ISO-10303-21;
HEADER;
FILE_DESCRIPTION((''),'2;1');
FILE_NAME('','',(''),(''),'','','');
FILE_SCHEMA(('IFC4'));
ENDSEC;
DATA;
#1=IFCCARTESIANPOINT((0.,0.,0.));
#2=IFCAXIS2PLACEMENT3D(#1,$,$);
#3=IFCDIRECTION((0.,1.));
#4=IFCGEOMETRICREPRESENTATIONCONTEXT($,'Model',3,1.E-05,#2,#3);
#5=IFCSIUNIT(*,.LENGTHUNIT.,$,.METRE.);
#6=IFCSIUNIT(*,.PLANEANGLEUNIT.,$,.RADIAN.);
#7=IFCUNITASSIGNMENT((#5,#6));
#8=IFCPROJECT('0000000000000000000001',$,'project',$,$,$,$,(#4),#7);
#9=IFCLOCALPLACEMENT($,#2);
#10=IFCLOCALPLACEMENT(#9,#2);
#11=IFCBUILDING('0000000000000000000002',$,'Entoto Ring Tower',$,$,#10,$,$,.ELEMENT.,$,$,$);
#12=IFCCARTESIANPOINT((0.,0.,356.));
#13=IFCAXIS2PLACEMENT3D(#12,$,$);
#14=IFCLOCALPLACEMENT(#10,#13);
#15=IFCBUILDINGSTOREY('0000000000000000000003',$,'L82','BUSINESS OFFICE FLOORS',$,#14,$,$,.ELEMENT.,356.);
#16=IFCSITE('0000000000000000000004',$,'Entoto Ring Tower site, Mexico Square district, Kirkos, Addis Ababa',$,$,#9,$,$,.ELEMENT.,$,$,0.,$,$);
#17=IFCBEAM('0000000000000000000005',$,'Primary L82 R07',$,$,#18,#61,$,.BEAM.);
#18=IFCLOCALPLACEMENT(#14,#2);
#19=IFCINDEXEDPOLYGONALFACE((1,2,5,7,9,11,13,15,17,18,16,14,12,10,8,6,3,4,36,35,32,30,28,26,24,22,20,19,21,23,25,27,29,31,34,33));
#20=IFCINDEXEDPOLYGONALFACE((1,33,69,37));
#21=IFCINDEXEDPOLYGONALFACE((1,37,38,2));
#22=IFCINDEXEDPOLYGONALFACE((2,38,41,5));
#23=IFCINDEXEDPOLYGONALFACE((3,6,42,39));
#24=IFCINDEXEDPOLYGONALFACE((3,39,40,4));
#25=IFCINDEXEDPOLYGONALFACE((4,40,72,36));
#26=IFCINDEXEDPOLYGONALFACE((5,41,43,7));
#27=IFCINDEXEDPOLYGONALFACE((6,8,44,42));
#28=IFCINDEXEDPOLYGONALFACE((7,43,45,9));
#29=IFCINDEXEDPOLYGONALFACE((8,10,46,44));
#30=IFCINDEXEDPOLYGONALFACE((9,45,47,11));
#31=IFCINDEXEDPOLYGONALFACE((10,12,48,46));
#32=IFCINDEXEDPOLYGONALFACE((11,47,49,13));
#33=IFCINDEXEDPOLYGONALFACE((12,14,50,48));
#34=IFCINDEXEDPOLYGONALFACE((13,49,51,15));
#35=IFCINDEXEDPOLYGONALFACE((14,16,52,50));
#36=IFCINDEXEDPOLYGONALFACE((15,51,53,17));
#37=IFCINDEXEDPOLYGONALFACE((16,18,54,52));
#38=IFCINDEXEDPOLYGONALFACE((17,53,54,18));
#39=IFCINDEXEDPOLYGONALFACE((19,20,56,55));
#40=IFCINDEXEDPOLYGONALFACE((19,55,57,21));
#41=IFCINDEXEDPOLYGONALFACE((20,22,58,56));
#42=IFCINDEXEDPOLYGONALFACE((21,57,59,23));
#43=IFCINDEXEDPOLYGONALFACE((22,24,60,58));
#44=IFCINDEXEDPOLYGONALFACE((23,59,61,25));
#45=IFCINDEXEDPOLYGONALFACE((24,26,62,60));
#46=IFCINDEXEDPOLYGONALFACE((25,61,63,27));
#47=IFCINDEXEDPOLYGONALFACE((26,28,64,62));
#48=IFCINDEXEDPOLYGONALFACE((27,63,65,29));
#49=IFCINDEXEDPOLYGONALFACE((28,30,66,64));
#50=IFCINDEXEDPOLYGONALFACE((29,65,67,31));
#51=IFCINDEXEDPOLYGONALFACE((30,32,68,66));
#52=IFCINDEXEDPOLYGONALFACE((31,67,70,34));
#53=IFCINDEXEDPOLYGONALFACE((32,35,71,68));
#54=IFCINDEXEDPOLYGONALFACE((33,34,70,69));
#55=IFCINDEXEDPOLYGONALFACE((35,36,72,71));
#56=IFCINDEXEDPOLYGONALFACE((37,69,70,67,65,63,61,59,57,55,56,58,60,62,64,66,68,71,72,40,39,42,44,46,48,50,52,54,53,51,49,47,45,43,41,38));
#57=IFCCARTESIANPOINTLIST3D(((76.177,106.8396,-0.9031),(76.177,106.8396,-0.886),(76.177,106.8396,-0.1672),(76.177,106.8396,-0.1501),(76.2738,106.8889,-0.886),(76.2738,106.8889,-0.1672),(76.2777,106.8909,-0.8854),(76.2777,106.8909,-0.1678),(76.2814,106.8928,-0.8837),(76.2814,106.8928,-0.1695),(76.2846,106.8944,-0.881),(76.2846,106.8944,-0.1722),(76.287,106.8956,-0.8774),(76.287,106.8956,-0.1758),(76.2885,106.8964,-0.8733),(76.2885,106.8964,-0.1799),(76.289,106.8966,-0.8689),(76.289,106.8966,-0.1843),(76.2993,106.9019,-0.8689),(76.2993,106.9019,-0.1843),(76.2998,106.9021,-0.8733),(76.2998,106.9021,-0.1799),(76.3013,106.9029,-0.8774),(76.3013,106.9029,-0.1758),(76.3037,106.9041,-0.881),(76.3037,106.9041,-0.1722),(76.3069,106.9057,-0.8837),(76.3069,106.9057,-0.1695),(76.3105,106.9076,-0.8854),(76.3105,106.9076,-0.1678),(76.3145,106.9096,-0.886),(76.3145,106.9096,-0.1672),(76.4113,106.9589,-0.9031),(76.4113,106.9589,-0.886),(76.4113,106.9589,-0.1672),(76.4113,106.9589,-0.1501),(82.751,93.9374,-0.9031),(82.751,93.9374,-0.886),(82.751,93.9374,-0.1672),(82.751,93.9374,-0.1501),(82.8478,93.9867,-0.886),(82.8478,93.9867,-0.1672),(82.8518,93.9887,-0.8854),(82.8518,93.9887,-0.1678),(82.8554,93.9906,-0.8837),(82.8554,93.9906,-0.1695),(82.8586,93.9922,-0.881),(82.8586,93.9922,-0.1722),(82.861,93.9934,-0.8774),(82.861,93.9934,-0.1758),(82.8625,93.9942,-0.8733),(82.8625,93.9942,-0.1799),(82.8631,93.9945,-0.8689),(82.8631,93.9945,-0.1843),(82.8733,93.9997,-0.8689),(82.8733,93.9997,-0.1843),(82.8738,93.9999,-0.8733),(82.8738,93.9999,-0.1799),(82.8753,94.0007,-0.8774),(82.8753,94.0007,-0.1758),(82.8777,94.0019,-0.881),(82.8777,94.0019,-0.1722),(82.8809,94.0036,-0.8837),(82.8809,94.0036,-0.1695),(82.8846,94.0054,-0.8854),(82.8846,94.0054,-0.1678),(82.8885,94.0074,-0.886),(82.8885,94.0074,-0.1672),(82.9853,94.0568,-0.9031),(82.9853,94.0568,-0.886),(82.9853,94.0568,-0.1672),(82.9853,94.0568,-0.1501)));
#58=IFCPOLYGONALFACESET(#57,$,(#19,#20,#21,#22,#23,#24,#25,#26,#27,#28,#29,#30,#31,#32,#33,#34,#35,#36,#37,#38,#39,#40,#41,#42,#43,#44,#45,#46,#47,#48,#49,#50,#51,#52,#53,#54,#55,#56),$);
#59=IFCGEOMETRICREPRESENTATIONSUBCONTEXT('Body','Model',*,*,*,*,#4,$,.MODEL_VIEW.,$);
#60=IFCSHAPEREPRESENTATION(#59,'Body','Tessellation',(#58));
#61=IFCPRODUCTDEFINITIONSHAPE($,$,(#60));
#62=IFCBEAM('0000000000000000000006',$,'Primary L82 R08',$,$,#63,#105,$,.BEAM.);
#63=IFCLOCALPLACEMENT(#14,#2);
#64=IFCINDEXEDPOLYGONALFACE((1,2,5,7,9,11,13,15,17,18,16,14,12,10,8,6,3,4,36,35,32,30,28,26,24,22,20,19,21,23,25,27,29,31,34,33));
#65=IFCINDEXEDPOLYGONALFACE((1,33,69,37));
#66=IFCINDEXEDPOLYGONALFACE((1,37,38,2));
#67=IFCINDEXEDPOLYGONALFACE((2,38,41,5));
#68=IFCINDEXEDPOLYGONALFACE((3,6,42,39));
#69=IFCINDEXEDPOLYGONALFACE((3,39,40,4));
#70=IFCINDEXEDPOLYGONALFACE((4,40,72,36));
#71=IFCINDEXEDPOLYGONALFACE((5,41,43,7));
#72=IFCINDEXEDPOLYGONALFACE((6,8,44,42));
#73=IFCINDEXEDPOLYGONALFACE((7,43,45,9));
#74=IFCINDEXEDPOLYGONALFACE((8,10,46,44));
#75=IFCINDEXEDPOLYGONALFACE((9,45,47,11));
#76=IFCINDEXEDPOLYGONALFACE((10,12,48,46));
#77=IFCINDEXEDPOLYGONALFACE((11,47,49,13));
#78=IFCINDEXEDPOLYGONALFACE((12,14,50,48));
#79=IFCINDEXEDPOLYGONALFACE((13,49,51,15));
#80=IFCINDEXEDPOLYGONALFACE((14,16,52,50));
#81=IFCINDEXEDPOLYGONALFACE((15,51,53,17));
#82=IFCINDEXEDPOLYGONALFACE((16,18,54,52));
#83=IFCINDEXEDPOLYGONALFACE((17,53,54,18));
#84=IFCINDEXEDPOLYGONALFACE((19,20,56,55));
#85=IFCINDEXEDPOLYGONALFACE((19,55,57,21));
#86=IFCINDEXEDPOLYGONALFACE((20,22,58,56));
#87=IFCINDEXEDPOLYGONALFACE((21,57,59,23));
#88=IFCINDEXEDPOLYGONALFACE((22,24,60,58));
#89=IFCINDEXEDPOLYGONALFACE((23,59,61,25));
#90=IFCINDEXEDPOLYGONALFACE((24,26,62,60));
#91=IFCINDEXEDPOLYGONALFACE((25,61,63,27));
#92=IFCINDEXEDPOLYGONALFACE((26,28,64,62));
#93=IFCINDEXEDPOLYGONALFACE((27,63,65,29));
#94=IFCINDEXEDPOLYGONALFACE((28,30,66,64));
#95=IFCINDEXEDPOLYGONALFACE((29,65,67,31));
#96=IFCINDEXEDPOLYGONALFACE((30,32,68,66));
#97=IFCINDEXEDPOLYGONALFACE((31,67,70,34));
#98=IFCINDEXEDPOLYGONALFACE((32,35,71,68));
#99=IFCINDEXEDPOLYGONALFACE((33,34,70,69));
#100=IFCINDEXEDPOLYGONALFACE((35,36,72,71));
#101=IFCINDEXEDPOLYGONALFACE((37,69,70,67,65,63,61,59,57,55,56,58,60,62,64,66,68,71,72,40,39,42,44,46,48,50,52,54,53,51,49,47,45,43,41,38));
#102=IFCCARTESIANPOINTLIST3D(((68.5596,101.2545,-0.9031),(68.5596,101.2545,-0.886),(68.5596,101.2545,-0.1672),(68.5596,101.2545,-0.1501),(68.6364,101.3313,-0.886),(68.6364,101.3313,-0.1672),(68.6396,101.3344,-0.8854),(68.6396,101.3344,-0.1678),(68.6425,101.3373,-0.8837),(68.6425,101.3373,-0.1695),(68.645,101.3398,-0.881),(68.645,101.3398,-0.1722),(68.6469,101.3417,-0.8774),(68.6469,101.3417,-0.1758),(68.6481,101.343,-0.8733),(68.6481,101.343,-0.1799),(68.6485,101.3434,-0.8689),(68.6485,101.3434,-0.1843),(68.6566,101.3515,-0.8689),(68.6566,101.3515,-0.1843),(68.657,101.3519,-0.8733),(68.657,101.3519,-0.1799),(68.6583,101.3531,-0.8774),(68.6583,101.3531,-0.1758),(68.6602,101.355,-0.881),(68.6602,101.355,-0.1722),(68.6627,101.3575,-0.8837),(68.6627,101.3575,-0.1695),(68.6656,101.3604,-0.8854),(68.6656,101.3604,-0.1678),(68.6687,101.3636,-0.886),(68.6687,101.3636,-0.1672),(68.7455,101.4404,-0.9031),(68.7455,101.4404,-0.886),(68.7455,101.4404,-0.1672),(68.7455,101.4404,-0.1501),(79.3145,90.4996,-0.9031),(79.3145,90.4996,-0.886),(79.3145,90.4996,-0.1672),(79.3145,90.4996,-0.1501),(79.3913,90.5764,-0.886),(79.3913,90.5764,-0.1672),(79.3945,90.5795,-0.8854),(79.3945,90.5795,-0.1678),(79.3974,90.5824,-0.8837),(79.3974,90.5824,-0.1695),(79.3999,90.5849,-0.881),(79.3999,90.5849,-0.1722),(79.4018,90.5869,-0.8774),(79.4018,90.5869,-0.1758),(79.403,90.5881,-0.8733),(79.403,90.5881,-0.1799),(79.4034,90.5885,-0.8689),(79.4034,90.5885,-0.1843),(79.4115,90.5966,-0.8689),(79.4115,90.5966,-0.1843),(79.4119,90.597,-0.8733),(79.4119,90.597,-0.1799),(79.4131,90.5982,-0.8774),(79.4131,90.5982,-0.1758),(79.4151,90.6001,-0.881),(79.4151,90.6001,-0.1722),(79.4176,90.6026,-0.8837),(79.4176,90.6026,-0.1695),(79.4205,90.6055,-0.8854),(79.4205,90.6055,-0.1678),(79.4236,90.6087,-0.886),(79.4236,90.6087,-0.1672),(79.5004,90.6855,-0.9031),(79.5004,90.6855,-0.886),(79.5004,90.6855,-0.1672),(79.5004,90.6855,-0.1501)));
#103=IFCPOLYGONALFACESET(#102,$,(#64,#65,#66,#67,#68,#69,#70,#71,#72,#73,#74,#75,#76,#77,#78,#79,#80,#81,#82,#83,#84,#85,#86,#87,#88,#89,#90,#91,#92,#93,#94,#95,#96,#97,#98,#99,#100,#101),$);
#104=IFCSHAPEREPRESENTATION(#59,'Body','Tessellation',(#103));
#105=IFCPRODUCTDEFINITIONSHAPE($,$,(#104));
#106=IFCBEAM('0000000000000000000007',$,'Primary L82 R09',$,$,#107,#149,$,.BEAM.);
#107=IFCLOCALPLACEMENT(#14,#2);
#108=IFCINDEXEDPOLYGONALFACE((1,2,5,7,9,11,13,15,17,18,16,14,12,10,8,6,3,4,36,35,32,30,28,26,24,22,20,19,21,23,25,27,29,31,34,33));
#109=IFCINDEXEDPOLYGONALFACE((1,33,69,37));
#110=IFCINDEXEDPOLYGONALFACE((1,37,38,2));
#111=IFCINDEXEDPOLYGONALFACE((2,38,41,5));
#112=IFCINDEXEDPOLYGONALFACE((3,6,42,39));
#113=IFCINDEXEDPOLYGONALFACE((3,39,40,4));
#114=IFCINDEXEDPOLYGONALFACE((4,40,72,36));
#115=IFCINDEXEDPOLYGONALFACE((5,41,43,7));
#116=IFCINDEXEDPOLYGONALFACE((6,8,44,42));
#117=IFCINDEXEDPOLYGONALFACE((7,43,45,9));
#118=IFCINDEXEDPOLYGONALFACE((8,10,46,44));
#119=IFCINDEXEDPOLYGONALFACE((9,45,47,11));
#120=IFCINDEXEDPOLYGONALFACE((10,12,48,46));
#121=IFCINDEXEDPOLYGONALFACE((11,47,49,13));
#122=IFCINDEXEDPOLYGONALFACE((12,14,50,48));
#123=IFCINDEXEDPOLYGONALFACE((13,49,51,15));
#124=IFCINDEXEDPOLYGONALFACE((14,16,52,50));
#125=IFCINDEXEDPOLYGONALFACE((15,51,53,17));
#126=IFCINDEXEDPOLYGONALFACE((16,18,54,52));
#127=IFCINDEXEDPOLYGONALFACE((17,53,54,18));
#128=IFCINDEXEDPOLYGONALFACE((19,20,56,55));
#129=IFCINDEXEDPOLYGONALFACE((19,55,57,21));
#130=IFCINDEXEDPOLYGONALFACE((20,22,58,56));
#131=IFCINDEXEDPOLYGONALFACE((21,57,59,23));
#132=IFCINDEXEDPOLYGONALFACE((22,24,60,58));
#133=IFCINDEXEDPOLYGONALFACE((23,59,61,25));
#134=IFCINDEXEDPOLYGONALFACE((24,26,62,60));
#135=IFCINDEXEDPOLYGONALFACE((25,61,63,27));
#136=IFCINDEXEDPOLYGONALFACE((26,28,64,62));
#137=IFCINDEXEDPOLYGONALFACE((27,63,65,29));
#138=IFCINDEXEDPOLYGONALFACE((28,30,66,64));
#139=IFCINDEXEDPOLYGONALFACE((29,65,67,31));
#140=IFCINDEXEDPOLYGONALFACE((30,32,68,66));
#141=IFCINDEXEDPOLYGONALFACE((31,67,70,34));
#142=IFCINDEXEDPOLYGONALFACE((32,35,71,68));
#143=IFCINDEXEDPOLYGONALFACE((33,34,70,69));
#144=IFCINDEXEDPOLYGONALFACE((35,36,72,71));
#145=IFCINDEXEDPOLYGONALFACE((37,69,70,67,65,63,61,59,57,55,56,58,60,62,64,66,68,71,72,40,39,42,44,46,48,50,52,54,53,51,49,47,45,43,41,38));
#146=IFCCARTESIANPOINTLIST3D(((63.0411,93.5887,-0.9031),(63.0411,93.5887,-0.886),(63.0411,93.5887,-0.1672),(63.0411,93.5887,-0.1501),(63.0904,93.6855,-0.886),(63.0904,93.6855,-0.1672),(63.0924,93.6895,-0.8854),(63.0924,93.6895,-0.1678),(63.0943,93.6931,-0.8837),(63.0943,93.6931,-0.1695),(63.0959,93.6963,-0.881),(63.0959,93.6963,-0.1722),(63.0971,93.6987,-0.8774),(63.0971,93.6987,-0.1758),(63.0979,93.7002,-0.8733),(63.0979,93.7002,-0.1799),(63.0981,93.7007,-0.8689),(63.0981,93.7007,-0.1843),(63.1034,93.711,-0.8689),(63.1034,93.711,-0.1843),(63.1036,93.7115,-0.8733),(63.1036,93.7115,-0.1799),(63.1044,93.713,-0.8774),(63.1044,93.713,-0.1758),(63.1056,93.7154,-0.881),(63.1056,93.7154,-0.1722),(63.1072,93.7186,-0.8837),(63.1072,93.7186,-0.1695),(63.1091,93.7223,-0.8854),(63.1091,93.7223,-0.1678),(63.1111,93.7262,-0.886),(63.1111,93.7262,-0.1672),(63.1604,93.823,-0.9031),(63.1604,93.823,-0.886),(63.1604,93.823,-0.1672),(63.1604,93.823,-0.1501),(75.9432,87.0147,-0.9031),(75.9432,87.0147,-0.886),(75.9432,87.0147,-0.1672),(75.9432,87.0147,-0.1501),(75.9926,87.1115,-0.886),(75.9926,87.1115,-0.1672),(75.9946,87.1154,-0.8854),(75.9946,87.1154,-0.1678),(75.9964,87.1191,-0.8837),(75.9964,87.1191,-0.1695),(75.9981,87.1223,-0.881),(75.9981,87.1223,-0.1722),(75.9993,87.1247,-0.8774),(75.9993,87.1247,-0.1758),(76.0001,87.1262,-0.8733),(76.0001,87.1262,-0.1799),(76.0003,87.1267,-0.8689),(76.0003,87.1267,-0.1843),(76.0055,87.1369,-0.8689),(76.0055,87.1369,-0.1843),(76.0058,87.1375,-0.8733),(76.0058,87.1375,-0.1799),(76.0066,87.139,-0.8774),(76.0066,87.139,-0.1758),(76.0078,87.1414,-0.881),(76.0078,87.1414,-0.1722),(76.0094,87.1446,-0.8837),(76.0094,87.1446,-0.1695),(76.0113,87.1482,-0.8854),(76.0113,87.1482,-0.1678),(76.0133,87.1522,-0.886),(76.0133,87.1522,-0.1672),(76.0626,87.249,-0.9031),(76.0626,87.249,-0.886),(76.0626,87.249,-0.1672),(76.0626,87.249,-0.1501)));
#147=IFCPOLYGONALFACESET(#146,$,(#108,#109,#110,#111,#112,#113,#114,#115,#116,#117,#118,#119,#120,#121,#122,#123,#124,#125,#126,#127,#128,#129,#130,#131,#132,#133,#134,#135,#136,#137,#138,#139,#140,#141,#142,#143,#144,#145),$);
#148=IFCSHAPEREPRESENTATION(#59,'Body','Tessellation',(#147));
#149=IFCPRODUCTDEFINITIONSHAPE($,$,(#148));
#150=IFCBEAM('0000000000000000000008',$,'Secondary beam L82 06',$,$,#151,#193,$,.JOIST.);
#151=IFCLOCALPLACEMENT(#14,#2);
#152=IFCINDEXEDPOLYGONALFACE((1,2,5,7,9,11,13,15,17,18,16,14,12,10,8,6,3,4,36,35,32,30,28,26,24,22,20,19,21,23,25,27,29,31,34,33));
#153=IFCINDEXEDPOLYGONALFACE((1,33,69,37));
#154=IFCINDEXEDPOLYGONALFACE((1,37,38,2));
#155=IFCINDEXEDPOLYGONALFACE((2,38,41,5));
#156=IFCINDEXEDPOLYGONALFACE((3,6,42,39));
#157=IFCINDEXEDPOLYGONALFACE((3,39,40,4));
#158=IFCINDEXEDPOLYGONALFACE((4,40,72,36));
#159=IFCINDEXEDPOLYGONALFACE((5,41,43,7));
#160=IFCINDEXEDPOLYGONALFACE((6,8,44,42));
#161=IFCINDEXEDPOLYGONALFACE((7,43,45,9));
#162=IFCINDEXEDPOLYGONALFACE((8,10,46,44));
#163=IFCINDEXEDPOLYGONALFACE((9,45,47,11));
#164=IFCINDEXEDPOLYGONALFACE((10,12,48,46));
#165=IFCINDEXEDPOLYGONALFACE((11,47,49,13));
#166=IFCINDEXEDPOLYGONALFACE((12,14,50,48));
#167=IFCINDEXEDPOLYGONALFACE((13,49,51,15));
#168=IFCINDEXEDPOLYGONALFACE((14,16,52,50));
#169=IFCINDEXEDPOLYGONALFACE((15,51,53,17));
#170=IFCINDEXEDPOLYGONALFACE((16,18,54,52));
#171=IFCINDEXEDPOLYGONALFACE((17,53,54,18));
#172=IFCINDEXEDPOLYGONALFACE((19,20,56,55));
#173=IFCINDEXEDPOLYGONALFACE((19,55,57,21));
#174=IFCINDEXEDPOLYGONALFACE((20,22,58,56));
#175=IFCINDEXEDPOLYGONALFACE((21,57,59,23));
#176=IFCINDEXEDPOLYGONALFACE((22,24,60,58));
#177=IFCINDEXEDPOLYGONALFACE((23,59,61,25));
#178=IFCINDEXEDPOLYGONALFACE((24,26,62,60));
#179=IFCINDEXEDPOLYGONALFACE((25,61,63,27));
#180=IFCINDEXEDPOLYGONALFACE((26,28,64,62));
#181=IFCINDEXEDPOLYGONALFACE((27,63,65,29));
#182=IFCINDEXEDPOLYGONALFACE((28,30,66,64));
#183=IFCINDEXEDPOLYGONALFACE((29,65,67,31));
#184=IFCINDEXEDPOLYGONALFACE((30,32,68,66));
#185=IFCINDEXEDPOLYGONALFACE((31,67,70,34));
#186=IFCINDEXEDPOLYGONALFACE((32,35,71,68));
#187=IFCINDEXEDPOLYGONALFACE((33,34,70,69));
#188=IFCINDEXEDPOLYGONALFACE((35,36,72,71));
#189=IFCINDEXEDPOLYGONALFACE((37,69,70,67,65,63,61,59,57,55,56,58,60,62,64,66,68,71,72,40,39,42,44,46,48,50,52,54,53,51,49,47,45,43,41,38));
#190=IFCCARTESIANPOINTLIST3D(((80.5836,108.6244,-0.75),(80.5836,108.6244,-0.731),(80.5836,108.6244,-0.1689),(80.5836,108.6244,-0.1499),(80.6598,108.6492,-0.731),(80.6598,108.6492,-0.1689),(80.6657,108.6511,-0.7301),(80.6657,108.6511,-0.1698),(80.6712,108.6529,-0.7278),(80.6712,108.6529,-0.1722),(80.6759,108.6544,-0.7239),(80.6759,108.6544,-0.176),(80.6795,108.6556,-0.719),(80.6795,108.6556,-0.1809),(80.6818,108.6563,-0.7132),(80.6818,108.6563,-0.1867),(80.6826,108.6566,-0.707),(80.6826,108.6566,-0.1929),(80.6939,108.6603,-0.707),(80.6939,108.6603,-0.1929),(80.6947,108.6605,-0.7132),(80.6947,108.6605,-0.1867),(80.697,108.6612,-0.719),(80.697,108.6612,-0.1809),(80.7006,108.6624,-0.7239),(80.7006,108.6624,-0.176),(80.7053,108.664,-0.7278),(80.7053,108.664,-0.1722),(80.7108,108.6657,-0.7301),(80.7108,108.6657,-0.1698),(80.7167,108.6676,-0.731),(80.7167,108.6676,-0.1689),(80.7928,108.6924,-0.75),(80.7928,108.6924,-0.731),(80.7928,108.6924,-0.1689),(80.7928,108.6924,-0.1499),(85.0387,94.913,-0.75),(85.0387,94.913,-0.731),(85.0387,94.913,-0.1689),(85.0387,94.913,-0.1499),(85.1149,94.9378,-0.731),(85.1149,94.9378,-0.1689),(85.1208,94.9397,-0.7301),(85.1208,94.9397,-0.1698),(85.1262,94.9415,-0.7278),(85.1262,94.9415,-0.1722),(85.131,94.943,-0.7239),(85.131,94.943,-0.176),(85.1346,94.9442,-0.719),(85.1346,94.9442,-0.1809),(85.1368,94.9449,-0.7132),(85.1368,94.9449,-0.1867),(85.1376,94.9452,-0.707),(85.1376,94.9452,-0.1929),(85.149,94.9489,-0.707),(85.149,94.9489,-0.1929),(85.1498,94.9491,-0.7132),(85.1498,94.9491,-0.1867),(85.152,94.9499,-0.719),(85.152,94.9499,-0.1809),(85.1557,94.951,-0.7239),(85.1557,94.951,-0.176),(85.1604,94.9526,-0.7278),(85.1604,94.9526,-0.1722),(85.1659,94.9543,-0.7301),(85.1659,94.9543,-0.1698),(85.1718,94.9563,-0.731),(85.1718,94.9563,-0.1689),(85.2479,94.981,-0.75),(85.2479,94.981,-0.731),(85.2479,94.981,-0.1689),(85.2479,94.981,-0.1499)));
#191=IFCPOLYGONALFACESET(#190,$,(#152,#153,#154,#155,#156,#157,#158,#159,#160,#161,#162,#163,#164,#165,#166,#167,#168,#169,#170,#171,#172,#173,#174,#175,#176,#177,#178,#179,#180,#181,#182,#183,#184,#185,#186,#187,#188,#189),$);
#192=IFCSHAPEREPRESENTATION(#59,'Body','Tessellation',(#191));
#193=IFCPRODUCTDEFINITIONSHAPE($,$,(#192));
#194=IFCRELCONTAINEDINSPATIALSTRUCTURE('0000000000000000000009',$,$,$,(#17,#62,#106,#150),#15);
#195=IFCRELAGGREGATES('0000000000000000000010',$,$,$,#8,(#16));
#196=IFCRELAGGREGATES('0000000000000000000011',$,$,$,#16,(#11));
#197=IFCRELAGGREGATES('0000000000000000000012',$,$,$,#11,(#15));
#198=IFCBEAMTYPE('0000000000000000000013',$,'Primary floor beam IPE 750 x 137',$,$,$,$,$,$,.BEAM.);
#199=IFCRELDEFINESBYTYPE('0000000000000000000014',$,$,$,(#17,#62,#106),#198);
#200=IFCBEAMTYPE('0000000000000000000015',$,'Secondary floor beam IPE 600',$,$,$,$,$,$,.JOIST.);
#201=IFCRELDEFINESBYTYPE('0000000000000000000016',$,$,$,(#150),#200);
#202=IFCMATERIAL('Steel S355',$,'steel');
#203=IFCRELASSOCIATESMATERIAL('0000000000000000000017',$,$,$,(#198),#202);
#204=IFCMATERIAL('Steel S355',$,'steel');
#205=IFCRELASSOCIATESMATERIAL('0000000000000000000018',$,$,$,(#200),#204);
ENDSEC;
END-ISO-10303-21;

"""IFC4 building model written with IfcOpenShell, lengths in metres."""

from ifc_helpers import new_model, si_unit, direction, frame, origin, origin_2d, place, context, subcontext, project, spatial, i_section, extrude, material, material_profile, profile_set, type_object, element, save


model = new_model("IFC4")

# Units and contexts
model_context = context("Model", 3, precision=1e-05, world=origin(), true_north=direction((0.0, 1.0)))
body_context = subcontext(model_context, "Body", "Model", "MODEL_VIEW")
ifc_project = project(units=[si_unit("LENGTHUNIT", "METRE"), si_unit("PLANEANGLEUNIT", "RADIAN")], contexts=[model_context])

# Site, building, storey
site_placement = place(None, origin())
site = spatial("IfcSite", under=ifc_project, at=site_placement, Name="Entoto Ring Tower site, Mexico Square district, Kirkos, Addis Ababa", CompositionType="ELEMENT", RefElevation=0.0)
building_placement = place(site_placement, origin())
building = spatial("IfcBuilding", under=site, at=building_placement, Name="Entoto Ring Tower", CompositionType="ELEMENT")
storey_placement = place(building_placement, frame((0.0, 0.0, 356.0)))
storey = spatial("IfcBuildingStorey", under=building, at=storey_placement, Name="L82", Description="BUSINESS OFFICE FLOORS", CompositionType="ELEMENT", Elevation=356.0)

# Beams
ifc_material_1 = material(Name="Steel S355", Category="steel")
ifc_material_profile_1 = material_profile(ifc_material_1, i_section(OverallWidth=0.2629, OverallDepth=0.7529, WebThickness=0.0115, FlangeThickness=0.0171, FilletRadius=0.0171, at=origin_2d()), Name="IPE 750 x 137")
ifc_profile_set_1 = profile_set([ifc_material_profile_1], Name="Steel S355")
beam_type_1 = type_object("IfcBeamType", Name="Primary floor beam IPE 750 x 137", PredefinedType="BEAM", material=ifc_profile_set_1)
beam_1_placement = place(storey_placement, frame((82.8682, 93.9971, -0.5266), z_axis=(-0.453992, 0.891006, 0.0), x_axis=(-0.891006, -0.453992, 0.0)))
element("IfcBeam", 1, at=beam_1_placement, inside=storey, type_object=beam_type_1, Name="Primary L82 R07", PredefinedType="BEAM", context=body_context, shape_type="SweptSolid", body=[
    extrude(i_section(OverallWidth=0.2629, OverallDepth=0.7529, WebThickness=0.0115, FlangeThickness=0.0171, FilletRadius=0.0171, at=origin_2d()), origin(), (0.0, 0.0, 1.0), 14.4805),
])
beam_2_placement = place(storey_placement, frame((79.4075, 90.5925, -0.5266), z_axis=(-0.707107, 0.707107, 0.0), x_axis=(-0.707107, -0.707107, 0.0)))
element("IfcBeam", 2, at=beam_2_placement, inside=storey, type_object=beam_type_1, Name="Primary L82 R08", PredefinedType="BEAM", context=body_context, shape_type="SweptSolid", body=[
    extrude(i_section(OverallWidth=0.2629, OverallDepth=0.7529, WebThickness=0.0115, FlangeThickness=0.0171, FilletRadius=0.0171, at=origin_2d()), origin(), (0.0, 0.0, 1.0), 15.2097),
])
beam_3_placement = place(storey_placement, frame((76.0029, 87.1318, -0.5266), z_axis=(-0.891006, 0.453992, 0.0), x_axis=(-0.453992, -0.891006, 0.0)))
element("IfcBeam", 3, at=beam_3_placement, inside=storey, type_object=beam_type_1, Name="Primary L82 R09", PredefinedType="BEAM", context=body_context, shape_type="SweptSolid", body=[
    extrude(i_section(OverallWidth=0.2629, OverallDepth=0.7529, WebThickness=0.0115, FlangeThickness=0.0171, FilletRadius=0.0171, at=origin_2d()), origin(), (0.0, 0.0, 1.0), 14.4805),
])
ifc_material_2 = material(Name="Steel S355", Category="steel")
ifc_material_profile_2 = material_profile(ifc_material_2, i_section(OverallWidth=0.22, OverallDepth=0.6001, WebThickness=0.012, FlangeThickness=0.019, FilletRadius=0.0239, at=origin_2d()), Name="IPE 600")
ifc_profile_set_2 = profile_set([ifc_material_profile_2], Name="Steel S355")
beam_type_2 = type_object("IfcBeamType", Name="Secondary floor beam IPE 600", PredefinedType="JOIST", material=ifc_profile_set_2)
beam_4_placement = place(storey_placement, frame((85.1433, 94.947, -0.45), z_axis=(-0.309015, 0.951057, 0.0), x_axis=(-0.951057, -0.309015, 0.0)))
element("IfcBeam", 4, at=beam_4_placement, inside=storey, type_object=beam_type_2, Name="Secondary beam L82 06", PredefinedType="JOIST", context=body_context, shape_type="SweptSolid", body=[
    extrude(i_section(OverallWidth=0.22, OverallDepth=0.6001, WebThickness=0.012, FlangeThickness=0.019, FilletRadius=0.0239, at=origin_2d()), origin(), (0.0, 0.0, 1.0), 14.417),
])

save(model, "model.ifc")
